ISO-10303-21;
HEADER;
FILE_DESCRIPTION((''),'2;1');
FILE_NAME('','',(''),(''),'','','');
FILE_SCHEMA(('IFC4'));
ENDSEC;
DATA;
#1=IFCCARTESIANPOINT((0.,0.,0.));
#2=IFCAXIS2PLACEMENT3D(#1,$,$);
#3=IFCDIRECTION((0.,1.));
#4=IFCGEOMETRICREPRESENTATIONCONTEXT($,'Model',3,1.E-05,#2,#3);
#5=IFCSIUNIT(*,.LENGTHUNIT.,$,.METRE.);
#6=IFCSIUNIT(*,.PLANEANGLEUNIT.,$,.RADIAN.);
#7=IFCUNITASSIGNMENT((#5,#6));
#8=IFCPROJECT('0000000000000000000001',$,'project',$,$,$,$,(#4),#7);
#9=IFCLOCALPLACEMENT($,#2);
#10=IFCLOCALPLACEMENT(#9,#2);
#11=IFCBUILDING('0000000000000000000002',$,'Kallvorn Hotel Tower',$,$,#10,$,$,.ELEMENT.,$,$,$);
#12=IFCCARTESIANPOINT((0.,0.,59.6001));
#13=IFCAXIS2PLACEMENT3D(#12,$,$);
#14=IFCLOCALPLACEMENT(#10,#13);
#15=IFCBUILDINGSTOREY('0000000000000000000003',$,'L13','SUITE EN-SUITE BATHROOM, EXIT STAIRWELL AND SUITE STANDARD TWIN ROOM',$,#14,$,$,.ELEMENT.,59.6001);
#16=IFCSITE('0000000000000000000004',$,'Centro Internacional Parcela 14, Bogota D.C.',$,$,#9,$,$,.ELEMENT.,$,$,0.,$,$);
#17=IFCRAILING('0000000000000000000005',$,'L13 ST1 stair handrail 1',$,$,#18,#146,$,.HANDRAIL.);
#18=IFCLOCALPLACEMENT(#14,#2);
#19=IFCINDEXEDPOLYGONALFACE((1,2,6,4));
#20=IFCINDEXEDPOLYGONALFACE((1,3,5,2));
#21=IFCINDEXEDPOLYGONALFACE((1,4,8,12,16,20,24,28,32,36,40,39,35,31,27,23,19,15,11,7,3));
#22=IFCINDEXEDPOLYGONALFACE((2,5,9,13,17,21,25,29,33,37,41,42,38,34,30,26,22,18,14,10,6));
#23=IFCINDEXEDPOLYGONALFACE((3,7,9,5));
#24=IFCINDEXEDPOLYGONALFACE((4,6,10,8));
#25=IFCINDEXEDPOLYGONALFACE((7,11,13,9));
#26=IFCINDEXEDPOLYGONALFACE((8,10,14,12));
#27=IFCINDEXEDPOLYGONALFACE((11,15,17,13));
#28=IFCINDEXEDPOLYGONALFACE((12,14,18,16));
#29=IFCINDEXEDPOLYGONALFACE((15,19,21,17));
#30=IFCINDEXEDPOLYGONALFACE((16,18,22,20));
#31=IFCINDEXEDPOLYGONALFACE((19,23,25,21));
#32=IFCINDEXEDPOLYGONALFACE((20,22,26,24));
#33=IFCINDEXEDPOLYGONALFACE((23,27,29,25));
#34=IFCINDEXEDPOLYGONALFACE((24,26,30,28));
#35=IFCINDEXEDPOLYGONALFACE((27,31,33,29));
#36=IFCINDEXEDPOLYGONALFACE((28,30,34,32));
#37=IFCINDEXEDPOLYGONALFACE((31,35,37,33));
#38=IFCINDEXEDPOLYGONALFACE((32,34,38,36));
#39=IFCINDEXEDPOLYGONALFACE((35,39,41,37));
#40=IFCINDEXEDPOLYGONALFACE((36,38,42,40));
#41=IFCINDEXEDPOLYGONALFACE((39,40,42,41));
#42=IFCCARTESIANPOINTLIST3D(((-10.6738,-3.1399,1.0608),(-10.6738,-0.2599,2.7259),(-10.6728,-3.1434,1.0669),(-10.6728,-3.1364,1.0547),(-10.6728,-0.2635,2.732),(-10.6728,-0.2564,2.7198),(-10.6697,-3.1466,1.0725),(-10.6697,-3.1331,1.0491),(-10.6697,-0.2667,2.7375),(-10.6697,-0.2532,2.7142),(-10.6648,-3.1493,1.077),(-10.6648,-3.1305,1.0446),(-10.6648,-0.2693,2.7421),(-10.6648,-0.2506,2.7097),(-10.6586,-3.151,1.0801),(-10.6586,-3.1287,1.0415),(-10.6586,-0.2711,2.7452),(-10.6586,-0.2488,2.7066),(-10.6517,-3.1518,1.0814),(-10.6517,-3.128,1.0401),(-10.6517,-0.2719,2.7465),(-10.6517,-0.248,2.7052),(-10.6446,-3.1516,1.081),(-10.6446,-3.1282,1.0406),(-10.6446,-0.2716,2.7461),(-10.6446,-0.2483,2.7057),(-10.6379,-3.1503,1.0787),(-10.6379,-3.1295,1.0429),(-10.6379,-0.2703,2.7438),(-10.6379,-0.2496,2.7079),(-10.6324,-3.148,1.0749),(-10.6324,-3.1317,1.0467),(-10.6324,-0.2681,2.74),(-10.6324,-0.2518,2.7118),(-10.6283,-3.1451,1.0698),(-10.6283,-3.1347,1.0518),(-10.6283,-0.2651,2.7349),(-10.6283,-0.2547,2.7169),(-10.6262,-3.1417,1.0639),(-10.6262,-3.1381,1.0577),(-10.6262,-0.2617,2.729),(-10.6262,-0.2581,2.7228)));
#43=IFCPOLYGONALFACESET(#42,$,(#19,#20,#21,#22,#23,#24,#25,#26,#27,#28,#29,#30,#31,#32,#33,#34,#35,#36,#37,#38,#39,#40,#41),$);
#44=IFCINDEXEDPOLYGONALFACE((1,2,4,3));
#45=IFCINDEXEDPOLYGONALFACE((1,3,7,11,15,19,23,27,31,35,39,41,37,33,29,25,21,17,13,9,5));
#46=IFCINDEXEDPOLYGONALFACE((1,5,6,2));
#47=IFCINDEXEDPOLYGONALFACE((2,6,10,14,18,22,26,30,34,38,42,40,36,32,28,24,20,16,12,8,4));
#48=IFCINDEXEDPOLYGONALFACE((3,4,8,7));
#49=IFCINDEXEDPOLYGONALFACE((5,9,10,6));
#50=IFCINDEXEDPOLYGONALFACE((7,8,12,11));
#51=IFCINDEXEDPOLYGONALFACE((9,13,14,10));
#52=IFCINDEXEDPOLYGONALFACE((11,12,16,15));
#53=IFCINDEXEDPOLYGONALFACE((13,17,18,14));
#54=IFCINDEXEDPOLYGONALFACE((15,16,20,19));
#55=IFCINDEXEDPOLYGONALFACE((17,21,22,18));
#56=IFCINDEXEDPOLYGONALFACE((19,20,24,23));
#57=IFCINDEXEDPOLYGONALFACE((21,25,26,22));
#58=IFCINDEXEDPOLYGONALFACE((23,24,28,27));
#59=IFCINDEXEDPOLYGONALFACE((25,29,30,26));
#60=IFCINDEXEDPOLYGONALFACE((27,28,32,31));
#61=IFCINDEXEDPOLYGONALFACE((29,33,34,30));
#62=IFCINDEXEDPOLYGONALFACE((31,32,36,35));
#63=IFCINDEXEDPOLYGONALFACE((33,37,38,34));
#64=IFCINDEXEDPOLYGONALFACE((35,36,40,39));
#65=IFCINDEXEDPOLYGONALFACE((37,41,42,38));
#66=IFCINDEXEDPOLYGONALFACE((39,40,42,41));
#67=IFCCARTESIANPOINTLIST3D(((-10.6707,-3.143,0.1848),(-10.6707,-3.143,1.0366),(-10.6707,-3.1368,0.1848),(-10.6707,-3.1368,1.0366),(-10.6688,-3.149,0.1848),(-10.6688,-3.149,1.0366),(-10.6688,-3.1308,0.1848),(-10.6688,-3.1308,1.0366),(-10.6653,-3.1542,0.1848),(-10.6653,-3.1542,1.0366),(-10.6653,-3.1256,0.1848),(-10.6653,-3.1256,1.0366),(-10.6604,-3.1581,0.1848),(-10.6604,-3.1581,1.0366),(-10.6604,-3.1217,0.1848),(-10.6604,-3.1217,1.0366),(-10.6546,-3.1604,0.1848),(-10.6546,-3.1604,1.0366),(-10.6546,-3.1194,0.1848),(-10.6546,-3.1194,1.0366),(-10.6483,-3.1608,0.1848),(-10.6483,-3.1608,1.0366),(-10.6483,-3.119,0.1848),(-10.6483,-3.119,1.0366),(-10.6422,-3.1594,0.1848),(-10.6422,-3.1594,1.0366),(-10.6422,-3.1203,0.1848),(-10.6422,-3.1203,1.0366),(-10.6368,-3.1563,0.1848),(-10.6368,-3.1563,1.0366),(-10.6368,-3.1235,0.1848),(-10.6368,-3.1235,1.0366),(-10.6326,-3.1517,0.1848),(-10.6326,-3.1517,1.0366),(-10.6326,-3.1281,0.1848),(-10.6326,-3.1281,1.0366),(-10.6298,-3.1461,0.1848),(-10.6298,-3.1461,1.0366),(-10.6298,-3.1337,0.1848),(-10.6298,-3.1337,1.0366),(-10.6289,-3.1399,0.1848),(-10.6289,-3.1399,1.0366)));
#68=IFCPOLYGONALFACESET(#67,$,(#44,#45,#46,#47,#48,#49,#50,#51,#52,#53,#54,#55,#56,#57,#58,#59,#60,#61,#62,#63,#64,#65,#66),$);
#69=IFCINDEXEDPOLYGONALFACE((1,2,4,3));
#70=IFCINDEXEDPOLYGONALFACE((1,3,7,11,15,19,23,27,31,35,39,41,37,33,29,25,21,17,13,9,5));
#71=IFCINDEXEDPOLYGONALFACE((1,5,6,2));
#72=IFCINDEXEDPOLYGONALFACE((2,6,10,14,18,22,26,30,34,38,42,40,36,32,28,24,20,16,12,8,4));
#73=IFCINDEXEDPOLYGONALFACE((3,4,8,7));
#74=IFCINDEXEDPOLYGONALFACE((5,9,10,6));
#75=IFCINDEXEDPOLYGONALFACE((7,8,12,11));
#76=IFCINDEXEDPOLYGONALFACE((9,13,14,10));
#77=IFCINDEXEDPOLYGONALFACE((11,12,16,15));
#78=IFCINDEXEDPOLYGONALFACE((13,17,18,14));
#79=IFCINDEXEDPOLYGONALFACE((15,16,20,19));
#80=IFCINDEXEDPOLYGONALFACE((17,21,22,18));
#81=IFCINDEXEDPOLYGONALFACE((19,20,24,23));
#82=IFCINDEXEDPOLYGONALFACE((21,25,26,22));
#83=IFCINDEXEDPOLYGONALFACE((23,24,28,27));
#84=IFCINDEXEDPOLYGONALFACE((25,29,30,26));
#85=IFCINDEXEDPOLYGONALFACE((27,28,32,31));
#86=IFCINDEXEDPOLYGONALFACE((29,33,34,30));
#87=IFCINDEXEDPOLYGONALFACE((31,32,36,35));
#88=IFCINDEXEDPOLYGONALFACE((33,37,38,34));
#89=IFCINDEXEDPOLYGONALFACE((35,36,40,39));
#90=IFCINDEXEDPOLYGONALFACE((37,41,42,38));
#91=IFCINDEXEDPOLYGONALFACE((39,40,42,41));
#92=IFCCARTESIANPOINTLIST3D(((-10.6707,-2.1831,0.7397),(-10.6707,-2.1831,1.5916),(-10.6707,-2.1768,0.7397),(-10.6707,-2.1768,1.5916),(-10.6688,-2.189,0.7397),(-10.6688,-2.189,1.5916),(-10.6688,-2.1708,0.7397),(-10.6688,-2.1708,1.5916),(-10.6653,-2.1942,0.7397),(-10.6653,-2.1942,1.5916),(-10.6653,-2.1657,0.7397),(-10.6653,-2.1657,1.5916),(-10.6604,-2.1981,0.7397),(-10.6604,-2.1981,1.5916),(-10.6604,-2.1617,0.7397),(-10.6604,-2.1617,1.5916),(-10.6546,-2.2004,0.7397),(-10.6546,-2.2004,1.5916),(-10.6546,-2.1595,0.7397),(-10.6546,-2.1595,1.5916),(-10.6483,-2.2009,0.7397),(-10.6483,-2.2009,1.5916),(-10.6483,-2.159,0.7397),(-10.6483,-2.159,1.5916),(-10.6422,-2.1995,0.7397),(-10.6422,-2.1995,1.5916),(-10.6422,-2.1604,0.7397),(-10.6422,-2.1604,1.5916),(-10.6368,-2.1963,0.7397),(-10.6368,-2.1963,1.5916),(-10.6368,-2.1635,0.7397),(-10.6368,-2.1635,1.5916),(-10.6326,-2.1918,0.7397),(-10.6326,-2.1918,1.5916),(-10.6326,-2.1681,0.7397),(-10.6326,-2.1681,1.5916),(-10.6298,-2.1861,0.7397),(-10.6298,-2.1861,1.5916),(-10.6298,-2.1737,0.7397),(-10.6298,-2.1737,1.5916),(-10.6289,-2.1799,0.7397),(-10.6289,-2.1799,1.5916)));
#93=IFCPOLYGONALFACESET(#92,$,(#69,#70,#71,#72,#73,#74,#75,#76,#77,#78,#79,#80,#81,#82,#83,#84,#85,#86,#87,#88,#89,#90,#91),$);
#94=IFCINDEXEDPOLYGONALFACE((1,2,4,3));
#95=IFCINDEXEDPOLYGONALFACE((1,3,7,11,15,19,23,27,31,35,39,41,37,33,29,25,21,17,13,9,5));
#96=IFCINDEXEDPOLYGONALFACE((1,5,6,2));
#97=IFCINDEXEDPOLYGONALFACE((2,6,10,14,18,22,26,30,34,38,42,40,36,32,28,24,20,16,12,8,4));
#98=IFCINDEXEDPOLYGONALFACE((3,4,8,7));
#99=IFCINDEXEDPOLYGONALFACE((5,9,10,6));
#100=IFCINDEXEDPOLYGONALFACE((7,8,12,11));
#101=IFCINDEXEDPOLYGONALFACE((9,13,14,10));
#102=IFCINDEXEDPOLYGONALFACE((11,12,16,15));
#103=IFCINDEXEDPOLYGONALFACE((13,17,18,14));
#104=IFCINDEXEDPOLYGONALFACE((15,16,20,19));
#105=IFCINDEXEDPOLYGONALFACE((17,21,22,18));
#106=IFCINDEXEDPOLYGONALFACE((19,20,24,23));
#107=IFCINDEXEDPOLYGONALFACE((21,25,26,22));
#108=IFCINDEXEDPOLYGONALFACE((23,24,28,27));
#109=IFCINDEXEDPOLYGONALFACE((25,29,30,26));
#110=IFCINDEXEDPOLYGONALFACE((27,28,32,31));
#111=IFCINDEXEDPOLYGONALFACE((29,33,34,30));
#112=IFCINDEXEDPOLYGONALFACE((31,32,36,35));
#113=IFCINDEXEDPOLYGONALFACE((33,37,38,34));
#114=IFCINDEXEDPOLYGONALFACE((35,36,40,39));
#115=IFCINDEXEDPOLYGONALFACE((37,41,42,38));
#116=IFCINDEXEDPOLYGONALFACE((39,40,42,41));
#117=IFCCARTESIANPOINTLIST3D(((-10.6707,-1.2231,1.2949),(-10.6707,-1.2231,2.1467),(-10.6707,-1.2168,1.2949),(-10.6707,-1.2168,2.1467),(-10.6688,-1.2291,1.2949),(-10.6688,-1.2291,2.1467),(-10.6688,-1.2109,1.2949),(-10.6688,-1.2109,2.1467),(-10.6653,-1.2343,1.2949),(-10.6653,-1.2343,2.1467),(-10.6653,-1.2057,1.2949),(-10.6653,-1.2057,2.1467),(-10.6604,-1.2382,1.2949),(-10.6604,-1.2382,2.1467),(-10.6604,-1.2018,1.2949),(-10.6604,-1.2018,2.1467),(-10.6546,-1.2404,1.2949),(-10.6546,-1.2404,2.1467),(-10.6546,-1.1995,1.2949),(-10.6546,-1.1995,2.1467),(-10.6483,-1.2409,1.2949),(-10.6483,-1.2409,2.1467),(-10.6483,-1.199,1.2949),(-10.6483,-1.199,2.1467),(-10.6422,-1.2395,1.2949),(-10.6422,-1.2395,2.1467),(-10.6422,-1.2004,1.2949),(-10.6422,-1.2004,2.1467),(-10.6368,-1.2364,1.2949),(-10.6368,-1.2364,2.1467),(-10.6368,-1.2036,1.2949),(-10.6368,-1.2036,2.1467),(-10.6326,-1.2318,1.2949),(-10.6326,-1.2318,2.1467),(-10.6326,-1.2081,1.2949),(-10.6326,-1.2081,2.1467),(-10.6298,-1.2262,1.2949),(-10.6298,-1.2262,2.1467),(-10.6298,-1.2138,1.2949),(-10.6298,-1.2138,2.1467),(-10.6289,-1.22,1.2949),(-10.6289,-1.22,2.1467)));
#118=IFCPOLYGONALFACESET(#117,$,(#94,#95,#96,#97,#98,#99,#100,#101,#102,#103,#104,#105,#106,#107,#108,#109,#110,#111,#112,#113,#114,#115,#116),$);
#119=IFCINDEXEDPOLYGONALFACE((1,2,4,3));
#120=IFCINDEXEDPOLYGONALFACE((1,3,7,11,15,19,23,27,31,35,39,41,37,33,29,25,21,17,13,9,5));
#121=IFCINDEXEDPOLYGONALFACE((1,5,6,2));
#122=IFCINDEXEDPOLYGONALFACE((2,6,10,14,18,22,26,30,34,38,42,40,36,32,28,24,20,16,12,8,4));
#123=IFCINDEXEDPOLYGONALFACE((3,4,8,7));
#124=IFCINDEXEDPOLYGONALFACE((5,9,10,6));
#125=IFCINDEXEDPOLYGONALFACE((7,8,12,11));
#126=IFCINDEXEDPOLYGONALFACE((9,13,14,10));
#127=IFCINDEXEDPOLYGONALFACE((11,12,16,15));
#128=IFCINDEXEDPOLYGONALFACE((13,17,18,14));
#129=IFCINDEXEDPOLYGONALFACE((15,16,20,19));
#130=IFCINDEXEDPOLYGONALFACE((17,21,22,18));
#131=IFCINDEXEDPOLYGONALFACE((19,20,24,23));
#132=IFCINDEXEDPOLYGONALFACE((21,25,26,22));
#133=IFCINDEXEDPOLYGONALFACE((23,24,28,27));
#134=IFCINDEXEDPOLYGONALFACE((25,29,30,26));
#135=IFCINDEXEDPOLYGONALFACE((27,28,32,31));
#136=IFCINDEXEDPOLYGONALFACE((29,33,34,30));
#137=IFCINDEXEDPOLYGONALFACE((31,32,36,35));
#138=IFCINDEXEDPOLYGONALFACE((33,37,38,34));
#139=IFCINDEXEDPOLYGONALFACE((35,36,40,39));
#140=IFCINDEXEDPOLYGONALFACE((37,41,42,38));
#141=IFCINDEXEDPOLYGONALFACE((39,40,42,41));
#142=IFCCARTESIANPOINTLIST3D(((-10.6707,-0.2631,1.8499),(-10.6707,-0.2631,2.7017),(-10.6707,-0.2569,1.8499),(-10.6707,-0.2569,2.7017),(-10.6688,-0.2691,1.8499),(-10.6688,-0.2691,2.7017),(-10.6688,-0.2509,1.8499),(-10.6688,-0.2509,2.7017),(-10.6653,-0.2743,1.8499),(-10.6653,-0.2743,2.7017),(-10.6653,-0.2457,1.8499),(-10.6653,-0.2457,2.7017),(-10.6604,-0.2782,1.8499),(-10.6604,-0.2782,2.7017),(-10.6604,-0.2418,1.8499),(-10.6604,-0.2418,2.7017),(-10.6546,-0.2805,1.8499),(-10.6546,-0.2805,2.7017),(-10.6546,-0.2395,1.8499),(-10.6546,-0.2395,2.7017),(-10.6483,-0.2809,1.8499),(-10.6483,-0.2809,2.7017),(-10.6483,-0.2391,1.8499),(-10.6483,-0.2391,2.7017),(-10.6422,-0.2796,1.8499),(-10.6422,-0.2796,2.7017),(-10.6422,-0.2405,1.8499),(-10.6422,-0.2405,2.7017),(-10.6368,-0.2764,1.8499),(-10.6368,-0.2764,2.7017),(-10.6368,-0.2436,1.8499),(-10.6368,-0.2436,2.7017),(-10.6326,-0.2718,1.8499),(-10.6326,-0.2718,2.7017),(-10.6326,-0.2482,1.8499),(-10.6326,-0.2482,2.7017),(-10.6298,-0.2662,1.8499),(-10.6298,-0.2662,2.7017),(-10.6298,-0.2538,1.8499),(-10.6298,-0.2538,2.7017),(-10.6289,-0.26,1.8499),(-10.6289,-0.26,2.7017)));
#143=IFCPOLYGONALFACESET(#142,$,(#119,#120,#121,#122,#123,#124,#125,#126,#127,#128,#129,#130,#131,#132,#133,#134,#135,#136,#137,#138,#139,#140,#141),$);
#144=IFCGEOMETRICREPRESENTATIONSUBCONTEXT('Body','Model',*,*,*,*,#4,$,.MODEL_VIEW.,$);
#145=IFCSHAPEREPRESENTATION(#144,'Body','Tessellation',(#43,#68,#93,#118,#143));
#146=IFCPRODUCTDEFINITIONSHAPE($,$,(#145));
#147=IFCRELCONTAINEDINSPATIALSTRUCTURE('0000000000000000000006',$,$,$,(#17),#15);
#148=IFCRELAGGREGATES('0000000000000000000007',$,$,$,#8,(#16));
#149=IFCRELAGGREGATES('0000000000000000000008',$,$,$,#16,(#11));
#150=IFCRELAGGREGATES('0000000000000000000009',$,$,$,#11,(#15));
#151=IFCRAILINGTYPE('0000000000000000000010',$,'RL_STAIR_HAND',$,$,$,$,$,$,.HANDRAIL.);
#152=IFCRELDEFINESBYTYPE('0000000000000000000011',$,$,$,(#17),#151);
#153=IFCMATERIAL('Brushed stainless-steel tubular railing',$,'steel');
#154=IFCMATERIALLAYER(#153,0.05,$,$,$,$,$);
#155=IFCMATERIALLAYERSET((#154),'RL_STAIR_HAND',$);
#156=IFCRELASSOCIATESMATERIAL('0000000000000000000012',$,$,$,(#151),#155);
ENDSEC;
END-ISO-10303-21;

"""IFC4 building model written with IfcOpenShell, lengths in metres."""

from ifc_helpers import new_model, si_unit, direction, frame, origin, origin_2d, place, context, subcontext, project, spatial, circle, extrude, material, layer, layer_set, type_object, element, save


model = new_model("IFC4")

# Units and contexts
model_context = context("Model", 3, precision=1e-05, world=origin(), true_north=direction((0.0, 1.0)))
body_context = subcontext(model_context, "Body", "Model", "MODEL_VIEW")
ifc_project = project(units=[si_unit("LENGTHUNIT", "METRE"), si_unit("PLANEANGLEUNIT", "RADIAN")], contexts=[model_context])

# Site, building, storey
site_placement = place(None, origin())
site = spatial("IfcSite", under=ifc_project, at=site_placement, Name="Centro Internacional Parcela 14, Bogota D.C.", CompositionType="ELEMENT", RefElevation=0.0)
building_placement = place(site_placement, origin())
building = spatial("IfcBuilding", under=site, at=building_placement, Name="Kallvorn Hotel Tower", CompositionType="ELEMENT")
storey_placement = place(building_placement, frame((0.0, 0.0, 59.6001)))
storey = spatial("IfcBuildingStorey", under=building, at=storey_placement, Name="L13", Description="SUITE EN-SUITE BATHROOM, EXIT STAIRWELL AND SUITE STANDARD TWIN ROOM", CompositionType="ELEMENT", Elevation=59.6001)

# Railing
ifc_material_1 = material(Name="Brushed stainless-steel tubular railing", Category="steel")
ifc_layer_1 = layer(ifc_material_1, 0.05)
ifc_layer_set_1 = layer_set([ifc_layer_1], Name="RL_STAIR_HAND")
railing_type_1 = type_object("IfcRailingType", Name="RL_STAIR_HAND", PredefinedType="HANDRAIL", material=ifc_layer_set_1)
railing_1_placement = place(storey_placement, frame((-10.6499, -3.1399, 0.1848)))
element("IfcRailing", 1, at=railing_1_placement, inside=storey, type_object=railing_type_1, Name="L13 ST1 stair handrail 1", PredefinedType="HANDRAIL", context=body_context, shape_type="SweptSolid", body=[
    extrude(circle(Radius=0.0239, at=origin_2d()), frame((0.0, 0.0, 0.876), z_axis=(0.0, 0.865721, 0.500527), x_axis=(-1.0, 0.0, 0.0)), (0.0, 0.0, 1.0), 3.3267),
    extrude(circle(Radius=0.021, at=origin_2d()), origin(), (0.0, 0.0, 1.0), 0.8518),
    extrude(circle(Radius=0.021, at=origin_2d()), frame((0.0, 0.96, 0.5549)), (0.0, 0.0, 1.0), 0.8518),
    extrude(circle(Radius=0.021, at=origin_2d()), frame((0.0, 1.9199, 1.1101)), (0.0, 0.0, 1.0), 0.8518),
    extrude(circle(Radius=0.021, at=origin_2d()), frame((0.0, 2.8799, 1.665)), (0.0, 0.0, 1.0), 0.8518),
])

save(model, "model.ifc")
